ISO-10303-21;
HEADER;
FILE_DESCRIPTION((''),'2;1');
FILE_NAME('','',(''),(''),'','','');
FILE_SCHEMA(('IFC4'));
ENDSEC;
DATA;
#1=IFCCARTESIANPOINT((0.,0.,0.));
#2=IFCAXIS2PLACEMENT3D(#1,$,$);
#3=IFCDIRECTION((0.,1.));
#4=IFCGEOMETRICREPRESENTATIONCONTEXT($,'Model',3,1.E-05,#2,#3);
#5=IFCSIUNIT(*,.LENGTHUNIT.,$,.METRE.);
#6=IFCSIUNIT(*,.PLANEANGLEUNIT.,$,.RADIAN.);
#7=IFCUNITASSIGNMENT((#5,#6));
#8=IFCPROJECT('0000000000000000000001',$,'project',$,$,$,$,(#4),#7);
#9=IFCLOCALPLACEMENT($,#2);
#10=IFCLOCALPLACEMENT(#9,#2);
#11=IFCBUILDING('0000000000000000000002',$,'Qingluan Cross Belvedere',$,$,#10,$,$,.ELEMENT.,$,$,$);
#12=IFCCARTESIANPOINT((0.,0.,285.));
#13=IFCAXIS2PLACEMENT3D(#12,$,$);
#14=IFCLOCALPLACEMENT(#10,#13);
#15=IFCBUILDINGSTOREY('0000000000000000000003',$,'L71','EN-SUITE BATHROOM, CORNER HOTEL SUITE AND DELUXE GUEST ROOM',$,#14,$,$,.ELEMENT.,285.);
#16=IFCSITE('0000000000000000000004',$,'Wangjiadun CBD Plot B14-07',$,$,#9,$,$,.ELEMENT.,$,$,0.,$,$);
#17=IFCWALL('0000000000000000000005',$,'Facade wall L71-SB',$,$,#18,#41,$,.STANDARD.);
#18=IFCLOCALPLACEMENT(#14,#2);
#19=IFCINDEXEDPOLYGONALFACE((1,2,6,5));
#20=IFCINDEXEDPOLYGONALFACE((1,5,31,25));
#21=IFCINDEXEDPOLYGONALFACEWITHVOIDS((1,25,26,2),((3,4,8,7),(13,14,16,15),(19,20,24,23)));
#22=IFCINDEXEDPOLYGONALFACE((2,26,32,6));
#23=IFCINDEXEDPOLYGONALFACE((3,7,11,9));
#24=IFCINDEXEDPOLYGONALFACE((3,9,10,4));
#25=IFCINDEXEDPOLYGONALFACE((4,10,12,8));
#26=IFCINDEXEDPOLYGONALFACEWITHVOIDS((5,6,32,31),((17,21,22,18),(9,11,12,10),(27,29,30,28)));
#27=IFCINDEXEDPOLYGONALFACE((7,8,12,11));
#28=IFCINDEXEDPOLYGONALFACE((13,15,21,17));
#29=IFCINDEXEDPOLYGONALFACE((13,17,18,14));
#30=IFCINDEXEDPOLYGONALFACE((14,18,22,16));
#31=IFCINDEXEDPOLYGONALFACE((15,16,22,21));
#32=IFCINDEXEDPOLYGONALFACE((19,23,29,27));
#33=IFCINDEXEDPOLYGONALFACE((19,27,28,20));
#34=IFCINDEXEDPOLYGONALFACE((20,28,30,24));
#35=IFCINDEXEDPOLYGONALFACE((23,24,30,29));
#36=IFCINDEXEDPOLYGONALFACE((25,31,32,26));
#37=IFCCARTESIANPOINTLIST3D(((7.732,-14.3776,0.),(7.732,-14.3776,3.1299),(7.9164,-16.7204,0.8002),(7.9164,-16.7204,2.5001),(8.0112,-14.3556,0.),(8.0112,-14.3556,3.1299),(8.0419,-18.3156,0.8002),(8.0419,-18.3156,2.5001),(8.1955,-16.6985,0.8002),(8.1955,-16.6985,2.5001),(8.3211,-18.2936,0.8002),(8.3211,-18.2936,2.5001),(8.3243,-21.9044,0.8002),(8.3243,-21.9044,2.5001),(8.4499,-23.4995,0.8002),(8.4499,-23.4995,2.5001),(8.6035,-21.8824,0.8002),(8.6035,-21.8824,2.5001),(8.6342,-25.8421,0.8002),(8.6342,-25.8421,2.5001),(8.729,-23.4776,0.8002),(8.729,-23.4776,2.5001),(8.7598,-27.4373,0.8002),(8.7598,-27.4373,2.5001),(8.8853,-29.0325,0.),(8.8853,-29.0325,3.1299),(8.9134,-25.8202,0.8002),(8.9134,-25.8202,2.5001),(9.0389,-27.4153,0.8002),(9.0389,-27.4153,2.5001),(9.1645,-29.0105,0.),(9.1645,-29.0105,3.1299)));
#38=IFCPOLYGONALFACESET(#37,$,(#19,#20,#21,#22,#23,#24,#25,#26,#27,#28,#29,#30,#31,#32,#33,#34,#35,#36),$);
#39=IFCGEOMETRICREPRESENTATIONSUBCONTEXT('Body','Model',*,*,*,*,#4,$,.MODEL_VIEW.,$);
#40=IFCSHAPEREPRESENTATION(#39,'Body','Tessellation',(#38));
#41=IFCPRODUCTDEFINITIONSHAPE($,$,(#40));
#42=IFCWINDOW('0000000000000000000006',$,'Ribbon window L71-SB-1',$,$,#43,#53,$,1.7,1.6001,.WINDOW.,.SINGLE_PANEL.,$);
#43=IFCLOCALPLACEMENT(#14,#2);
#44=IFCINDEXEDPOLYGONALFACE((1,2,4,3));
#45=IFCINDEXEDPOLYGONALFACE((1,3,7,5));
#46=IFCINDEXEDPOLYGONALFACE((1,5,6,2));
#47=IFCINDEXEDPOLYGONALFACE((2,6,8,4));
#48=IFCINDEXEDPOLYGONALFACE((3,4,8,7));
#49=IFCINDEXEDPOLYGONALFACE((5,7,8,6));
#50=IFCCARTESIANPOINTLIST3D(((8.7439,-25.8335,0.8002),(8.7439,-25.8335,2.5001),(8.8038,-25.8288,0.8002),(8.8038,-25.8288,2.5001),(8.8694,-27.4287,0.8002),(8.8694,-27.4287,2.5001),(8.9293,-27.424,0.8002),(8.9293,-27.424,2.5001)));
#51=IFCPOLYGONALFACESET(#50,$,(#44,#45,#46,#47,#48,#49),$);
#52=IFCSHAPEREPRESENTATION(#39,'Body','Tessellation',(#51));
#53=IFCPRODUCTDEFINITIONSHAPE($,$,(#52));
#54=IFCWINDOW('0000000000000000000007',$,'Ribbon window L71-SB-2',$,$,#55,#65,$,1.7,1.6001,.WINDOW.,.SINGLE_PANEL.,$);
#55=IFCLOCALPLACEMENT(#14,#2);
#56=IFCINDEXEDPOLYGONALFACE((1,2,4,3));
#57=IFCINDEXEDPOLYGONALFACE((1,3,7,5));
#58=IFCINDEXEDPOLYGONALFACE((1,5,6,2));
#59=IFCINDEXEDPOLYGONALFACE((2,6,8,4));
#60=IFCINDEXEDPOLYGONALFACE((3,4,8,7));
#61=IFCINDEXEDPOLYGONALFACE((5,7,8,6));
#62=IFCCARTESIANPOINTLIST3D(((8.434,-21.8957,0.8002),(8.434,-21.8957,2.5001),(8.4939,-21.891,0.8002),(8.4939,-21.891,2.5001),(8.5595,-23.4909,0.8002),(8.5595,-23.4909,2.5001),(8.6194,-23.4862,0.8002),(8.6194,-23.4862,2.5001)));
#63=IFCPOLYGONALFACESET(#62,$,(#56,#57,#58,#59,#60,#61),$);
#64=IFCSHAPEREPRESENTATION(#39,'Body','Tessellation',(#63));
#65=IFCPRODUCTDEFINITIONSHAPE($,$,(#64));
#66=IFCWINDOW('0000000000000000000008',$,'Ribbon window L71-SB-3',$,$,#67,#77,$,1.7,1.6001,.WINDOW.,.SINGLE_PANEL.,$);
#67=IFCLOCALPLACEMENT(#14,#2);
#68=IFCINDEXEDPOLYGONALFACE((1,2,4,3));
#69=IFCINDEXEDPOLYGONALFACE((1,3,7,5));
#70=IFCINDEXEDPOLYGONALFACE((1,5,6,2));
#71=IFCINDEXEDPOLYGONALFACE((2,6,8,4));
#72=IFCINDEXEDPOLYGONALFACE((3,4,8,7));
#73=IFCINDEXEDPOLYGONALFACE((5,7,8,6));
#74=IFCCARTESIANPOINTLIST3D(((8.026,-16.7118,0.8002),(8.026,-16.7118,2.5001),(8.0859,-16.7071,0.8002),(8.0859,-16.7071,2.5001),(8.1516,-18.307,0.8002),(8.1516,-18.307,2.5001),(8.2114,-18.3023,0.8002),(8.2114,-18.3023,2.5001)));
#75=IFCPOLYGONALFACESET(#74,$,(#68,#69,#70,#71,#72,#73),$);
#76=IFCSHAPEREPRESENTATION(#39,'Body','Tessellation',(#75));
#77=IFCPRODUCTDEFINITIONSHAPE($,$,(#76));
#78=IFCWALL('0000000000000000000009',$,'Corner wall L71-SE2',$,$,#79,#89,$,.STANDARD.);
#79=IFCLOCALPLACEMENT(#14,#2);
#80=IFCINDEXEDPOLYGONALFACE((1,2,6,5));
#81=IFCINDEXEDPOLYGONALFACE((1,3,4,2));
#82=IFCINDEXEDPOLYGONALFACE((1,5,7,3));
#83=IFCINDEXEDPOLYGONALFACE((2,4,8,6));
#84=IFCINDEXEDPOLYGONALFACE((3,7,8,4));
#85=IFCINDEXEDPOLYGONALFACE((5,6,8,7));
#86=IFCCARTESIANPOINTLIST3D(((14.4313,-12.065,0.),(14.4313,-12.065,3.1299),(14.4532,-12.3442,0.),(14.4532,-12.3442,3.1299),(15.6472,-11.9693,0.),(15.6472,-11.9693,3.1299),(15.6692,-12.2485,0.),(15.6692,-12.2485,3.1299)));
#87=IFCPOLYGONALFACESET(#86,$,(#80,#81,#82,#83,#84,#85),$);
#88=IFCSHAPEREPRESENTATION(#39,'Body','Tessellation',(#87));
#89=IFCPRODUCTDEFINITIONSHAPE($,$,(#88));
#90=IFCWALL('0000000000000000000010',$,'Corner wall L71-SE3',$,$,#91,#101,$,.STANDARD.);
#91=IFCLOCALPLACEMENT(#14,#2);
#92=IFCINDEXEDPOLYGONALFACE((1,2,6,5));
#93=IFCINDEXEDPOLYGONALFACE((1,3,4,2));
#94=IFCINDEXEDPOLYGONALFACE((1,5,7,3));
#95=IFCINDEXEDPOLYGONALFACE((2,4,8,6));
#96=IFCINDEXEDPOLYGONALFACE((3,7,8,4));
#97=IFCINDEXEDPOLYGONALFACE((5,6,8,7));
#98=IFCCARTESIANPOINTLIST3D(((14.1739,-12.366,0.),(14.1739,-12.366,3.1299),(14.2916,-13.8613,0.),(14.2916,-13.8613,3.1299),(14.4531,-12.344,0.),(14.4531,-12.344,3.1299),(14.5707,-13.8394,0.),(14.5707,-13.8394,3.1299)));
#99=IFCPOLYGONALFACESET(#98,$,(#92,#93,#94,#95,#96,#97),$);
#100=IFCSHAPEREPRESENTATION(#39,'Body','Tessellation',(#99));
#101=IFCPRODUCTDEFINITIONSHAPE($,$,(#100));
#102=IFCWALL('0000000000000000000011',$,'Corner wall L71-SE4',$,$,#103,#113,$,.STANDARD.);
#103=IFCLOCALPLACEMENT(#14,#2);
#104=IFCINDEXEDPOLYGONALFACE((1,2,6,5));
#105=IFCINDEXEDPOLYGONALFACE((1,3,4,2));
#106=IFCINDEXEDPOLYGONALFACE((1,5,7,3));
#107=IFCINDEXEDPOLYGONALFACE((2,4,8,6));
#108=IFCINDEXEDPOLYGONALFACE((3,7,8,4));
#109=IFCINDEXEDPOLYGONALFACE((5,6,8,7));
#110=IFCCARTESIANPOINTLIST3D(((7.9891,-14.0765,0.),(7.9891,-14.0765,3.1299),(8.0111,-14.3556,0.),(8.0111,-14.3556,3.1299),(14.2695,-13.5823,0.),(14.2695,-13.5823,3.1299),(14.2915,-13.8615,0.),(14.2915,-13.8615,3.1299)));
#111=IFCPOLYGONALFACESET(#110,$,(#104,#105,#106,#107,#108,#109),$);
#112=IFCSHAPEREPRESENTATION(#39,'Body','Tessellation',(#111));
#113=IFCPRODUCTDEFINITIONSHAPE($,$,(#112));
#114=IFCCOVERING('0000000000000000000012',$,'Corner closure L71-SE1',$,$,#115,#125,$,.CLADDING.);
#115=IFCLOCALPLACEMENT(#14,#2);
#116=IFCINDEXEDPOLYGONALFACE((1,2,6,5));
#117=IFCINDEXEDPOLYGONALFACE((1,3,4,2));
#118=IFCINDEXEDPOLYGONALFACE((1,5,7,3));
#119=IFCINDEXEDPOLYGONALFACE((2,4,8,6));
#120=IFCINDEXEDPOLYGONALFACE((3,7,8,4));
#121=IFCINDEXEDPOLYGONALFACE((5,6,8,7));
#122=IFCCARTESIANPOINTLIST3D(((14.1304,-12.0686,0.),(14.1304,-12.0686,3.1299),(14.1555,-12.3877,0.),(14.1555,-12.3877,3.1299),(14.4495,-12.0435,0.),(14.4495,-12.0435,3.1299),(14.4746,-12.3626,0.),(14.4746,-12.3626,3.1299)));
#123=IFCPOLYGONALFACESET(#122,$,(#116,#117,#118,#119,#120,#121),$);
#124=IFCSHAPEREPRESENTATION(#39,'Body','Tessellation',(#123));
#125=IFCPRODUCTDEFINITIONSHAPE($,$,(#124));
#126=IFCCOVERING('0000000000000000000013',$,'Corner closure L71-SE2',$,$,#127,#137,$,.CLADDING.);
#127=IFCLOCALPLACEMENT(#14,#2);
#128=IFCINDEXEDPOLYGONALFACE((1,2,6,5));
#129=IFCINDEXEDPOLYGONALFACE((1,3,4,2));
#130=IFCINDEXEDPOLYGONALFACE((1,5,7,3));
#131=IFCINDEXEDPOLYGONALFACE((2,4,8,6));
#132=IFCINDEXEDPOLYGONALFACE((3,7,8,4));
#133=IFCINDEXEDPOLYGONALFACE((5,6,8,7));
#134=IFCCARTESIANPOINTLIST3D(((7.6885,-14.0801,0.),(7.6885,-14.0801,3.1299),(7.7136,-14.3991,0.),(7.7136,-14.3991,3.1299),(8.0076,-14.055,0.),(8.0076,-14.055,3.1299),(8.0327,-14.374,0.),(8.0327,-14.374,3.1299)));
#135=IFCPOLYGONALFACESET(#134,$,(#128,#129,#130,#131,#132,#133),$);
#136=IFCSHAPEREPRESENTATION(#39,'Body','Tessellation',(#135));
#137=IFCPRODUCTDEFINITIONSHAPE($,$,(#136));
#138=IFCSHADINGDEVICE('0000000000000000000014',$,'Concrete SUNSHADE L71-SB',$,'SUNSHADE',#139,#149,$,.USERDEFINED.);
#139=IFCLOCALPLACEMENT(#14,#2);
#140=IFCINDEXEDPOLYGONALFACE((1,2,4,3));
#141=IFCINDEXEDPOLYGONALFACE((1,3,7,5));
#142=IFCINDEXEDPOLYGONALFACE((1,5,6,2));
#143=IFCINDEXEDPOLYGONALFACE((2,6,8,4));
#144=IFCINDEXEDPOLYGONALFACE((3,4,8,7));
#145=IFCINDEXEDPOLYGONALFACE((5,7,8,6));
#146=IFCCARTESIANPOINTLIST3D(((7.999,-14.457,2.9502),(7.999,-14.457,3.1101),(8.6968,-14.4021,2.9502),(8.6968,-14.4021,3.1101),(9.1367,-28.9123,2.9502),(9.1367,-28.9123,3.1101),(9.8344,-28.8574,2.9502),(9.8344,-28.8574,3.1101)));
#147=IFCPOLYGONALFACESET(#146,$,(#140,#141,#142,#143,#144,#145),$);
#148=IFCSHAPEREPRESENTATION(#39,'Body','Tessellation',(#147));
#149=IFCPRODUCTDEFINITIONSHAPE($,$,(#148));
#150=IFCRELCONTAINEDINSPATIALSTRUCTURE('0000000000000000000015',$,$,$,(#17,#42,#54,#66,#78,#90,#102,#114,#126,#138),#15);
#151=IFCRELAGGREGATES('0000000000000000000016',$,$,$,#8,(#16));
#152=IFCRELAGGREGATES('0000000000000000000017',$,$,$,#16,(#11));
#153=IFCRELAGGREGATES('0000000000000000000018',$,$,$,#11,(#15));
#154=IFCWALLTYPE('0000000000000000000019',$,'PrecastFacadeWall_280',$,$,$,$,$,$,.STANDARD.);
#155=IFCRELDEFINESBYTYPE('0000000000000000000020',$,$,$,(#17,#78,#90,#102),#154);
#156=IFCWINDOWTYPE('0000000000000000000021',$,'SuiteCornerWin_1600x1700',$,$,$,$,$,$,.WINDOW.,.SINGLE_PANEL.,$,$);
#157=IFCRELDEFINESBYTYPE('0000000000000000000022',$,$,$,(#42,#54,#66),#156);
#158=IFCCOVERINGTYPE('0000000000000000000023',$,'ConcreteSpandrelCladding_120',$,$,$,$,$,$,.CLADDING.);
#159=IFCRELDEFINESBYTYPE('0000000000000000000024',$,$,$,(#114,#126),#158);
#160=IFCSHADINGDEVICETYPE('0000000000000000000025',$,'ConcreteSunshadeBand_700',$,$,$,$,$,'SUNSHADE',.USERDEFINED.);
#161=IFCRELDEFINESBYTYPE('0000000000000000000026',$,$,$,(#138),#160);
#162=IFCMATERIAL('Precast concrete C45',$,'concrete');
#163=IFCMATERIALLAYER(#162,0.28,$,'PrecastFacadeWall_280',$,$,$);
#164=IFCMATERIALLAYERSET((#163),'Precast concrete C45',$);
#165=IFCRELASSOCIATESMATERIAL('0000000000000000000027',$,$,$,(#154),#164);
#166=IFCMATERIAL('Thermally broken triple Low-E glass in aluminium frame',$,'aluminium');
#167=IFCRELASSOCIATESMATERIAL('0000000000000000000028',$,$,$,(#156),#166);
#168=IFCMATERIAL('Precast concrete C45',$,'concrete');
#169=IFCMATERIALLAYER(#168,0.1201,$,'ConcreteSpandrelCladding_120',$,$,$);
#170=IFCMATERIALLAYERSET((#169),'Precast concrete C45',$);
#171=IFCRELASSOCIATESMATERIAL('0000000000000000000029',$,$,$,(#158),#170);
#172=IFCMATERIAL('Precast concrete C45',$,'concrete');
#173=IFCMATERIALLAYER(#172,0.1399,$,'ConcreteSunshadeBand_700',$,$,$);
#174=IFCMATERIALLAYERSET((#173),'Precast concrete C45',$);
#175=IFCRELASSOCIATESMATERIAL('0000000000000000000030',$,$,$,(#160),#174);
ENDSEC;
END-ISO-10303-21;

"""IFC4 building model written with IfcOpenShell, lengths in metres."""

from ifc_helpers import new_model, si_unit, direction, frame, frame_2d, origin, origin_2d, place, context, subcontext, project, spatial, rectangle, extrude, material, layer, layer_set, type_object, element, fill, save


model = new_model("IFC4")

# Units and contexts
model_context = context("Model", 3, precision=1e-05, world=origin(), true_north=direction((0.0, 1.0)))
body_context = subcontext(model_context, "Body", "Model", "MODEL_VIEW")
ifc_project = project(units=[si_unit("LENGTHUNIT", "METRE"), si_unit("PLANEANGLEUNIT", "RADIAN")], contexts=[model_context])

# Site, building, storey
site_placement = place(None, origin())
site = spatial("IfcSite", under=ifc_project, at=site_placement, Name="Wangjiadun CBD Plot B14-07", CompositionType="ELEMENT", RefElevation=0.0)
building_placement = place(site_placement, origin())
building = spatial("IfcBuilding", under=site, at=building_placement, Name="Qingluan Cross Belvedere", CompositionType="ELEMENT")
storey_placement = place(building_placement, frame((0.0, 0.0, 285.0)))
storey = spatial("IfcBuildingStorey", under=building, at=storey_placement, Name="L71", Description="EN-SUITE BATHROOM, CORNER HOTEL SUITE AND DELUXE GUEST ROOM", CompositionType="ELEMENT", Elevation=285.0)

# Wall, openings, windows
ifc_material_1 = material(Name="Precast concrete C45", Category="concrete")
ifc_layer_1 = layer(ifc_material_1, 0.28, Name="PrecastFacadeWall_280")
ifc_layer_set_1 = layer_set([ifc_layer_1], Name="Precast concrete C45")
wall_type_1 = type_object("IfcWallType", Name="PrecastFacadeWall_280", PredefinedType="STANDARD", material=ifc_layer_set_1)
wall_1_placement = place(storey_placement, frame((9.0249, -29.0215, 0.0), z_axis=(0.0, 0.0, 1.0), x_axis=(-0.078457, 0.996918, 0.0)))
wall_1 = element("IfcWall", 1, at=wall_1_placement, inside=storey, type_object=wall_type_1, Name="Facade wall L71-SB", PredefinedType="STANDARD", context=body_context, shape_type="SweptSolid", body=[
    extrude(rectangle(XDim=14.7002, YDim=0.28, at=frame_2d((7.3501, 0.0))), origin(), (0.0, 0.0, 1.0), 3.1299),
])
opening_1_placement = place(wall_1_placement, frame((1.6001, 0.0, 0.8)))
opening_1 = element("IfcOpeningElement", 2, at=opening_1_placement, cuts=wall_1, PredefinedType="OPENING", context=body_context, shape_type="SweptSolid", body=[
    extrude(rectangle(XDim=1.6001, YDim=1.7, at=frame_2d((0.8, 0.8501))), frame((0.0, 0.1499, 0.0), z_axis=(0.0, -1.0, 0.0), x_axis=(1.0, 0.0, 0.0)), (0.0, 0.0, 1.0), 0.3),
])
opening_2_placement = place(wall_1_placement, frame((5.55, 0.0, 0.8)))
opening_2 = element("IfcOpeningElement", 3, at=opening_2_placement, cuts=wall_1, PredefinedType="OPENING", context=body_context, shape_type="SweptSolid", body=[
    extrude(rectangle(XDim=1.6001, YDim=1.7, at=frame_2d((0.8, 0.8501))), frame((0.0, 0.1499, 0.0), z_axis=(0.0, -1.0, 0.0), x_axis=(1.0, 0.0, 0.0)), (0.0, 0.0, 1.0), 0.3),
])
opening_3_placement = place(wall_1_placement, frame((10.75, 0.0, 0.8)))
opening_3 = element("IfcOpeningElement", 4, at=opening_3_placement, cuts=wall_1, PredefinedType="OPENING", context=body_context, shape_type="SweptSolid", body=[
    extrude(rectangle(XDim=1.6001, YDim=1.7, at=frame_2d((0.8, 0.8501))), frame((0.0, 0.1499, 0.0), z_axis=(0.0, -1.0, 0.0), x_axis=(1.0, 0.0, 0.0)), (0.0, 0.0, 1.0), 0.3),
])
ifc_material_2 = material(Name="Thermally broken triple Low-E glass in aluminium frame", Category="aluminium")
window_type = type_object("IfcWindowType", Name="SuiteCornerWin_1600x1700", PartitioningType="SINGLE_PANEL", PredefinedType="WINDOW", material=ifc_material_2)
window_1_placement = place(opening_1_placement, origin())
window_1 = element("IfcWindow", 5, at=window_1_placement, inside=storey, type_object=window_type, Name="Ribbon window L71-SB-1", OverallHeight=1.7, OverallWidth=1.6001, PartitioningType="SINGLE_PANEL", PredefinedType="WINDOW", context=body_context, shape_type="SweptSolid", body=[
    extrude(rectangle(XDim=1.6001, YDim=1.7, at=frame_2d((0.8, 0.8501))), frame((0.0, 0.03, 0.0), z_axis=(0.0, -1.0, 0.0), x_axis=(1.0, 0.0, 0.0)), (0.0, 0.0, 1.0), 0.0601),
])
fill(opening_1, window_1)
window_2_placement = place(opening_2_placement, origin())
window_2 = element("IfcWindow", 6, at=window_2_placement, inside=storey, type_object=window_type, Name="Ribbon window L71-SB-2", OverallHeight=1.7, OverallWidth=1.6001, PartitioningType="SINGLE_PANEL", PredefinedType="WINDOW", context=body_context, shape_type="SweptSolid", body=[
    extrude(rectangle(XDim=1.6001, YDim=1.7, at=frame_2d((0.8, 0.8501))), frame((0.0, 0.03, 0.0), z_axis=(0.0, -1.0, 0.0), x_axis=(1.0, 0.0, 0.0)), (0.0, 0.0, 1.0), 0.0601),
])
fill(opening_2, window_2)
window_3_placement = place(opening_3_placement, origin())
window_3 = element("IfcWindow", 7, at=window_3_placement, inside=storey, type_object=window_type, Name="Ribbon window L71-SB-3", OverallHeight=1.7, OverallWidth=1.6001, PartitioningType="SINGLE_PANEL", PredefinedType="WINDOW", context=body_context, shape_type="SweptSolid", body=[
    extrude(rectangle(XDim=1.6001, YDim=1.7, at=frame_2d((0.8, 0.8501))), frame((0.0, 0.03, 0.0), z_axis=(0.0, -1.0, 0.0), x_axis=(1.0, 0.0, 0.0)), (0.0, 0.0, 1.0), 0.0601),
])
fill(opening_3, window_3)

# Walls
wall_2_placement = place(storey_placement, frame((15.6582, -12.1089, 0.0), z_axis=(0.0, 0.0, 1.0), x_axis=(-0.996918, -0.078456, 0.0)))
element("IfcWall", 8, at=wall_2_placement, inside=storey, type_object=wall_type_1, Name="Corner wall L71-SE2", PredefinedType="STANDARD", context=body_context, shape_type="SweptSolid", body=[
    extrude(rectangle(XDim=1.2197, YDim=0.28, at=frame_2d((0.6099, 0.0))), origin(), (0.0, 0.0, 1.0), 3.1299),
])
wall_3_placement = place(storey_placement, frame((14.3135, -12.355, 0.0), z_axis=(0.0, 0.0, 1.0), x_axis=(0.078451, -0.996918, 0.0)))
element("IfcWall", 9, at=wall_3_placement, inside=storey, type_object=wall_type_1, Name="Corner wall L71-SE3", PredefinedType="STANDARD", context=body_context, shape_type="SweptSolid", body=[
    extrude(rectangle(XDim=1.5, YDim=0.28, at=frame_2d((0.75, 0.0))), origin(), (0.0, 0.0, 1.0), 3.1299),
])
wall_4_placement = place(storey_placement, frame((14.2805, -13.7219, 0.0), z_axis=(0.0, 0.0, 1.0), x_axis=(-0.996919, -0.078436, 0.0)))
element("IfcWall", 10, at=wall_4_placement, inside=storey, type_object=wall_type_1, Name="Corner wall L71-SE4", PredefinedType="STANDARD", context=body_context, shape_type="SweptSolid", body=[
    extrude(rectangle(XDim=6.2998, YDim=0.28, at=frame_2d((3.1499, 0.0))), origin(), (0.0, 0.0, 1.0), 3.1299),
])

# Coverings
ifc_material_3 = material(Name="Precast concrete C45", Category="concrete")
ifc_layer_2 = layer(ifc_material_3, 0.1201, Name="ConcreteSpandrelCladding_120")
ifc_layer_set_2 = layer_set([ifc_layer_2], Name="Precast concrete C45")
covering_type = type_object("IfcCoveringType", Name="ConcreteSpandrelCladding_120", PredefinedType="CLADDING", material=ifc_layer_set_2)
for number, where, z_axis, x_axis, name in (
    (11, (14.3025, -12.2156, 0.0), (0.0, 0.0, 1.0), (0.996917, 0.078459, 0.0), "Corner closure L71-SE1"),
    (12, (7.8606, -14.2271, 0.0), (0.0, 0.0, 1.0), (0.996917, 0.078459, 0.0), "Corner closure L71-SE2"),
):
    element("IfcCovering", number, at=place(storey_placement, frame(where, z_axis=z_axis, x_axis=x_axis)), inside=storey, type_object=covering_type, Name=name, PredefinedType="CLADDING", context=body_context, shape_type="SweptSolid", body=[
        extrude(rectangle(XDim=0.3201, YDim=0.3201, at=origin_2d()), origin(), (0.0, 0.0, 1.0), 3.1299),
    ])

# Shading device
ifc_material_4 = material(Name="Precast concrete C45", Category="concrete")
ifc_layer_3 = layer(ifc_material_4, 0.1399, Name="ConcreteSunshadeBand_700")
ifc_layer_set_3 = layer_set([ifc_layer_3], Name="Precast concrete C45")
shading_device_type = type_object("IfcShadingDeviceType", Name="ConcreteSunshadeBand_700", ElementType="SUNSHADE", PredefinedType="USERDEFINED", material=ifc_layer_set_3)
shading_device_placement = place(storey_placement, frame((8.9167, -21.6572, 2.9502), z_axis=(0.0, 0.0, 1.0), x_axis=(-0.078456, 0.996918, 0.0)))
element("IfcShadingDevice", 13, at=shading_device_placement, inside=storey, type_object=shading_device_type, Name="Concrete SUNSHADE L71-SB", ObjectType="SUNSHADE", PredefinedType="USERDEFINED", context=body_context, shape_type="SweptSolid", body=[
    extrude(rectangle(XDim=14.5, YDim=0.7, at=origin_2d()), origin(), (0.0, 0.0, 1.0), 0.1599),
])

save(model, "model.ifc")
